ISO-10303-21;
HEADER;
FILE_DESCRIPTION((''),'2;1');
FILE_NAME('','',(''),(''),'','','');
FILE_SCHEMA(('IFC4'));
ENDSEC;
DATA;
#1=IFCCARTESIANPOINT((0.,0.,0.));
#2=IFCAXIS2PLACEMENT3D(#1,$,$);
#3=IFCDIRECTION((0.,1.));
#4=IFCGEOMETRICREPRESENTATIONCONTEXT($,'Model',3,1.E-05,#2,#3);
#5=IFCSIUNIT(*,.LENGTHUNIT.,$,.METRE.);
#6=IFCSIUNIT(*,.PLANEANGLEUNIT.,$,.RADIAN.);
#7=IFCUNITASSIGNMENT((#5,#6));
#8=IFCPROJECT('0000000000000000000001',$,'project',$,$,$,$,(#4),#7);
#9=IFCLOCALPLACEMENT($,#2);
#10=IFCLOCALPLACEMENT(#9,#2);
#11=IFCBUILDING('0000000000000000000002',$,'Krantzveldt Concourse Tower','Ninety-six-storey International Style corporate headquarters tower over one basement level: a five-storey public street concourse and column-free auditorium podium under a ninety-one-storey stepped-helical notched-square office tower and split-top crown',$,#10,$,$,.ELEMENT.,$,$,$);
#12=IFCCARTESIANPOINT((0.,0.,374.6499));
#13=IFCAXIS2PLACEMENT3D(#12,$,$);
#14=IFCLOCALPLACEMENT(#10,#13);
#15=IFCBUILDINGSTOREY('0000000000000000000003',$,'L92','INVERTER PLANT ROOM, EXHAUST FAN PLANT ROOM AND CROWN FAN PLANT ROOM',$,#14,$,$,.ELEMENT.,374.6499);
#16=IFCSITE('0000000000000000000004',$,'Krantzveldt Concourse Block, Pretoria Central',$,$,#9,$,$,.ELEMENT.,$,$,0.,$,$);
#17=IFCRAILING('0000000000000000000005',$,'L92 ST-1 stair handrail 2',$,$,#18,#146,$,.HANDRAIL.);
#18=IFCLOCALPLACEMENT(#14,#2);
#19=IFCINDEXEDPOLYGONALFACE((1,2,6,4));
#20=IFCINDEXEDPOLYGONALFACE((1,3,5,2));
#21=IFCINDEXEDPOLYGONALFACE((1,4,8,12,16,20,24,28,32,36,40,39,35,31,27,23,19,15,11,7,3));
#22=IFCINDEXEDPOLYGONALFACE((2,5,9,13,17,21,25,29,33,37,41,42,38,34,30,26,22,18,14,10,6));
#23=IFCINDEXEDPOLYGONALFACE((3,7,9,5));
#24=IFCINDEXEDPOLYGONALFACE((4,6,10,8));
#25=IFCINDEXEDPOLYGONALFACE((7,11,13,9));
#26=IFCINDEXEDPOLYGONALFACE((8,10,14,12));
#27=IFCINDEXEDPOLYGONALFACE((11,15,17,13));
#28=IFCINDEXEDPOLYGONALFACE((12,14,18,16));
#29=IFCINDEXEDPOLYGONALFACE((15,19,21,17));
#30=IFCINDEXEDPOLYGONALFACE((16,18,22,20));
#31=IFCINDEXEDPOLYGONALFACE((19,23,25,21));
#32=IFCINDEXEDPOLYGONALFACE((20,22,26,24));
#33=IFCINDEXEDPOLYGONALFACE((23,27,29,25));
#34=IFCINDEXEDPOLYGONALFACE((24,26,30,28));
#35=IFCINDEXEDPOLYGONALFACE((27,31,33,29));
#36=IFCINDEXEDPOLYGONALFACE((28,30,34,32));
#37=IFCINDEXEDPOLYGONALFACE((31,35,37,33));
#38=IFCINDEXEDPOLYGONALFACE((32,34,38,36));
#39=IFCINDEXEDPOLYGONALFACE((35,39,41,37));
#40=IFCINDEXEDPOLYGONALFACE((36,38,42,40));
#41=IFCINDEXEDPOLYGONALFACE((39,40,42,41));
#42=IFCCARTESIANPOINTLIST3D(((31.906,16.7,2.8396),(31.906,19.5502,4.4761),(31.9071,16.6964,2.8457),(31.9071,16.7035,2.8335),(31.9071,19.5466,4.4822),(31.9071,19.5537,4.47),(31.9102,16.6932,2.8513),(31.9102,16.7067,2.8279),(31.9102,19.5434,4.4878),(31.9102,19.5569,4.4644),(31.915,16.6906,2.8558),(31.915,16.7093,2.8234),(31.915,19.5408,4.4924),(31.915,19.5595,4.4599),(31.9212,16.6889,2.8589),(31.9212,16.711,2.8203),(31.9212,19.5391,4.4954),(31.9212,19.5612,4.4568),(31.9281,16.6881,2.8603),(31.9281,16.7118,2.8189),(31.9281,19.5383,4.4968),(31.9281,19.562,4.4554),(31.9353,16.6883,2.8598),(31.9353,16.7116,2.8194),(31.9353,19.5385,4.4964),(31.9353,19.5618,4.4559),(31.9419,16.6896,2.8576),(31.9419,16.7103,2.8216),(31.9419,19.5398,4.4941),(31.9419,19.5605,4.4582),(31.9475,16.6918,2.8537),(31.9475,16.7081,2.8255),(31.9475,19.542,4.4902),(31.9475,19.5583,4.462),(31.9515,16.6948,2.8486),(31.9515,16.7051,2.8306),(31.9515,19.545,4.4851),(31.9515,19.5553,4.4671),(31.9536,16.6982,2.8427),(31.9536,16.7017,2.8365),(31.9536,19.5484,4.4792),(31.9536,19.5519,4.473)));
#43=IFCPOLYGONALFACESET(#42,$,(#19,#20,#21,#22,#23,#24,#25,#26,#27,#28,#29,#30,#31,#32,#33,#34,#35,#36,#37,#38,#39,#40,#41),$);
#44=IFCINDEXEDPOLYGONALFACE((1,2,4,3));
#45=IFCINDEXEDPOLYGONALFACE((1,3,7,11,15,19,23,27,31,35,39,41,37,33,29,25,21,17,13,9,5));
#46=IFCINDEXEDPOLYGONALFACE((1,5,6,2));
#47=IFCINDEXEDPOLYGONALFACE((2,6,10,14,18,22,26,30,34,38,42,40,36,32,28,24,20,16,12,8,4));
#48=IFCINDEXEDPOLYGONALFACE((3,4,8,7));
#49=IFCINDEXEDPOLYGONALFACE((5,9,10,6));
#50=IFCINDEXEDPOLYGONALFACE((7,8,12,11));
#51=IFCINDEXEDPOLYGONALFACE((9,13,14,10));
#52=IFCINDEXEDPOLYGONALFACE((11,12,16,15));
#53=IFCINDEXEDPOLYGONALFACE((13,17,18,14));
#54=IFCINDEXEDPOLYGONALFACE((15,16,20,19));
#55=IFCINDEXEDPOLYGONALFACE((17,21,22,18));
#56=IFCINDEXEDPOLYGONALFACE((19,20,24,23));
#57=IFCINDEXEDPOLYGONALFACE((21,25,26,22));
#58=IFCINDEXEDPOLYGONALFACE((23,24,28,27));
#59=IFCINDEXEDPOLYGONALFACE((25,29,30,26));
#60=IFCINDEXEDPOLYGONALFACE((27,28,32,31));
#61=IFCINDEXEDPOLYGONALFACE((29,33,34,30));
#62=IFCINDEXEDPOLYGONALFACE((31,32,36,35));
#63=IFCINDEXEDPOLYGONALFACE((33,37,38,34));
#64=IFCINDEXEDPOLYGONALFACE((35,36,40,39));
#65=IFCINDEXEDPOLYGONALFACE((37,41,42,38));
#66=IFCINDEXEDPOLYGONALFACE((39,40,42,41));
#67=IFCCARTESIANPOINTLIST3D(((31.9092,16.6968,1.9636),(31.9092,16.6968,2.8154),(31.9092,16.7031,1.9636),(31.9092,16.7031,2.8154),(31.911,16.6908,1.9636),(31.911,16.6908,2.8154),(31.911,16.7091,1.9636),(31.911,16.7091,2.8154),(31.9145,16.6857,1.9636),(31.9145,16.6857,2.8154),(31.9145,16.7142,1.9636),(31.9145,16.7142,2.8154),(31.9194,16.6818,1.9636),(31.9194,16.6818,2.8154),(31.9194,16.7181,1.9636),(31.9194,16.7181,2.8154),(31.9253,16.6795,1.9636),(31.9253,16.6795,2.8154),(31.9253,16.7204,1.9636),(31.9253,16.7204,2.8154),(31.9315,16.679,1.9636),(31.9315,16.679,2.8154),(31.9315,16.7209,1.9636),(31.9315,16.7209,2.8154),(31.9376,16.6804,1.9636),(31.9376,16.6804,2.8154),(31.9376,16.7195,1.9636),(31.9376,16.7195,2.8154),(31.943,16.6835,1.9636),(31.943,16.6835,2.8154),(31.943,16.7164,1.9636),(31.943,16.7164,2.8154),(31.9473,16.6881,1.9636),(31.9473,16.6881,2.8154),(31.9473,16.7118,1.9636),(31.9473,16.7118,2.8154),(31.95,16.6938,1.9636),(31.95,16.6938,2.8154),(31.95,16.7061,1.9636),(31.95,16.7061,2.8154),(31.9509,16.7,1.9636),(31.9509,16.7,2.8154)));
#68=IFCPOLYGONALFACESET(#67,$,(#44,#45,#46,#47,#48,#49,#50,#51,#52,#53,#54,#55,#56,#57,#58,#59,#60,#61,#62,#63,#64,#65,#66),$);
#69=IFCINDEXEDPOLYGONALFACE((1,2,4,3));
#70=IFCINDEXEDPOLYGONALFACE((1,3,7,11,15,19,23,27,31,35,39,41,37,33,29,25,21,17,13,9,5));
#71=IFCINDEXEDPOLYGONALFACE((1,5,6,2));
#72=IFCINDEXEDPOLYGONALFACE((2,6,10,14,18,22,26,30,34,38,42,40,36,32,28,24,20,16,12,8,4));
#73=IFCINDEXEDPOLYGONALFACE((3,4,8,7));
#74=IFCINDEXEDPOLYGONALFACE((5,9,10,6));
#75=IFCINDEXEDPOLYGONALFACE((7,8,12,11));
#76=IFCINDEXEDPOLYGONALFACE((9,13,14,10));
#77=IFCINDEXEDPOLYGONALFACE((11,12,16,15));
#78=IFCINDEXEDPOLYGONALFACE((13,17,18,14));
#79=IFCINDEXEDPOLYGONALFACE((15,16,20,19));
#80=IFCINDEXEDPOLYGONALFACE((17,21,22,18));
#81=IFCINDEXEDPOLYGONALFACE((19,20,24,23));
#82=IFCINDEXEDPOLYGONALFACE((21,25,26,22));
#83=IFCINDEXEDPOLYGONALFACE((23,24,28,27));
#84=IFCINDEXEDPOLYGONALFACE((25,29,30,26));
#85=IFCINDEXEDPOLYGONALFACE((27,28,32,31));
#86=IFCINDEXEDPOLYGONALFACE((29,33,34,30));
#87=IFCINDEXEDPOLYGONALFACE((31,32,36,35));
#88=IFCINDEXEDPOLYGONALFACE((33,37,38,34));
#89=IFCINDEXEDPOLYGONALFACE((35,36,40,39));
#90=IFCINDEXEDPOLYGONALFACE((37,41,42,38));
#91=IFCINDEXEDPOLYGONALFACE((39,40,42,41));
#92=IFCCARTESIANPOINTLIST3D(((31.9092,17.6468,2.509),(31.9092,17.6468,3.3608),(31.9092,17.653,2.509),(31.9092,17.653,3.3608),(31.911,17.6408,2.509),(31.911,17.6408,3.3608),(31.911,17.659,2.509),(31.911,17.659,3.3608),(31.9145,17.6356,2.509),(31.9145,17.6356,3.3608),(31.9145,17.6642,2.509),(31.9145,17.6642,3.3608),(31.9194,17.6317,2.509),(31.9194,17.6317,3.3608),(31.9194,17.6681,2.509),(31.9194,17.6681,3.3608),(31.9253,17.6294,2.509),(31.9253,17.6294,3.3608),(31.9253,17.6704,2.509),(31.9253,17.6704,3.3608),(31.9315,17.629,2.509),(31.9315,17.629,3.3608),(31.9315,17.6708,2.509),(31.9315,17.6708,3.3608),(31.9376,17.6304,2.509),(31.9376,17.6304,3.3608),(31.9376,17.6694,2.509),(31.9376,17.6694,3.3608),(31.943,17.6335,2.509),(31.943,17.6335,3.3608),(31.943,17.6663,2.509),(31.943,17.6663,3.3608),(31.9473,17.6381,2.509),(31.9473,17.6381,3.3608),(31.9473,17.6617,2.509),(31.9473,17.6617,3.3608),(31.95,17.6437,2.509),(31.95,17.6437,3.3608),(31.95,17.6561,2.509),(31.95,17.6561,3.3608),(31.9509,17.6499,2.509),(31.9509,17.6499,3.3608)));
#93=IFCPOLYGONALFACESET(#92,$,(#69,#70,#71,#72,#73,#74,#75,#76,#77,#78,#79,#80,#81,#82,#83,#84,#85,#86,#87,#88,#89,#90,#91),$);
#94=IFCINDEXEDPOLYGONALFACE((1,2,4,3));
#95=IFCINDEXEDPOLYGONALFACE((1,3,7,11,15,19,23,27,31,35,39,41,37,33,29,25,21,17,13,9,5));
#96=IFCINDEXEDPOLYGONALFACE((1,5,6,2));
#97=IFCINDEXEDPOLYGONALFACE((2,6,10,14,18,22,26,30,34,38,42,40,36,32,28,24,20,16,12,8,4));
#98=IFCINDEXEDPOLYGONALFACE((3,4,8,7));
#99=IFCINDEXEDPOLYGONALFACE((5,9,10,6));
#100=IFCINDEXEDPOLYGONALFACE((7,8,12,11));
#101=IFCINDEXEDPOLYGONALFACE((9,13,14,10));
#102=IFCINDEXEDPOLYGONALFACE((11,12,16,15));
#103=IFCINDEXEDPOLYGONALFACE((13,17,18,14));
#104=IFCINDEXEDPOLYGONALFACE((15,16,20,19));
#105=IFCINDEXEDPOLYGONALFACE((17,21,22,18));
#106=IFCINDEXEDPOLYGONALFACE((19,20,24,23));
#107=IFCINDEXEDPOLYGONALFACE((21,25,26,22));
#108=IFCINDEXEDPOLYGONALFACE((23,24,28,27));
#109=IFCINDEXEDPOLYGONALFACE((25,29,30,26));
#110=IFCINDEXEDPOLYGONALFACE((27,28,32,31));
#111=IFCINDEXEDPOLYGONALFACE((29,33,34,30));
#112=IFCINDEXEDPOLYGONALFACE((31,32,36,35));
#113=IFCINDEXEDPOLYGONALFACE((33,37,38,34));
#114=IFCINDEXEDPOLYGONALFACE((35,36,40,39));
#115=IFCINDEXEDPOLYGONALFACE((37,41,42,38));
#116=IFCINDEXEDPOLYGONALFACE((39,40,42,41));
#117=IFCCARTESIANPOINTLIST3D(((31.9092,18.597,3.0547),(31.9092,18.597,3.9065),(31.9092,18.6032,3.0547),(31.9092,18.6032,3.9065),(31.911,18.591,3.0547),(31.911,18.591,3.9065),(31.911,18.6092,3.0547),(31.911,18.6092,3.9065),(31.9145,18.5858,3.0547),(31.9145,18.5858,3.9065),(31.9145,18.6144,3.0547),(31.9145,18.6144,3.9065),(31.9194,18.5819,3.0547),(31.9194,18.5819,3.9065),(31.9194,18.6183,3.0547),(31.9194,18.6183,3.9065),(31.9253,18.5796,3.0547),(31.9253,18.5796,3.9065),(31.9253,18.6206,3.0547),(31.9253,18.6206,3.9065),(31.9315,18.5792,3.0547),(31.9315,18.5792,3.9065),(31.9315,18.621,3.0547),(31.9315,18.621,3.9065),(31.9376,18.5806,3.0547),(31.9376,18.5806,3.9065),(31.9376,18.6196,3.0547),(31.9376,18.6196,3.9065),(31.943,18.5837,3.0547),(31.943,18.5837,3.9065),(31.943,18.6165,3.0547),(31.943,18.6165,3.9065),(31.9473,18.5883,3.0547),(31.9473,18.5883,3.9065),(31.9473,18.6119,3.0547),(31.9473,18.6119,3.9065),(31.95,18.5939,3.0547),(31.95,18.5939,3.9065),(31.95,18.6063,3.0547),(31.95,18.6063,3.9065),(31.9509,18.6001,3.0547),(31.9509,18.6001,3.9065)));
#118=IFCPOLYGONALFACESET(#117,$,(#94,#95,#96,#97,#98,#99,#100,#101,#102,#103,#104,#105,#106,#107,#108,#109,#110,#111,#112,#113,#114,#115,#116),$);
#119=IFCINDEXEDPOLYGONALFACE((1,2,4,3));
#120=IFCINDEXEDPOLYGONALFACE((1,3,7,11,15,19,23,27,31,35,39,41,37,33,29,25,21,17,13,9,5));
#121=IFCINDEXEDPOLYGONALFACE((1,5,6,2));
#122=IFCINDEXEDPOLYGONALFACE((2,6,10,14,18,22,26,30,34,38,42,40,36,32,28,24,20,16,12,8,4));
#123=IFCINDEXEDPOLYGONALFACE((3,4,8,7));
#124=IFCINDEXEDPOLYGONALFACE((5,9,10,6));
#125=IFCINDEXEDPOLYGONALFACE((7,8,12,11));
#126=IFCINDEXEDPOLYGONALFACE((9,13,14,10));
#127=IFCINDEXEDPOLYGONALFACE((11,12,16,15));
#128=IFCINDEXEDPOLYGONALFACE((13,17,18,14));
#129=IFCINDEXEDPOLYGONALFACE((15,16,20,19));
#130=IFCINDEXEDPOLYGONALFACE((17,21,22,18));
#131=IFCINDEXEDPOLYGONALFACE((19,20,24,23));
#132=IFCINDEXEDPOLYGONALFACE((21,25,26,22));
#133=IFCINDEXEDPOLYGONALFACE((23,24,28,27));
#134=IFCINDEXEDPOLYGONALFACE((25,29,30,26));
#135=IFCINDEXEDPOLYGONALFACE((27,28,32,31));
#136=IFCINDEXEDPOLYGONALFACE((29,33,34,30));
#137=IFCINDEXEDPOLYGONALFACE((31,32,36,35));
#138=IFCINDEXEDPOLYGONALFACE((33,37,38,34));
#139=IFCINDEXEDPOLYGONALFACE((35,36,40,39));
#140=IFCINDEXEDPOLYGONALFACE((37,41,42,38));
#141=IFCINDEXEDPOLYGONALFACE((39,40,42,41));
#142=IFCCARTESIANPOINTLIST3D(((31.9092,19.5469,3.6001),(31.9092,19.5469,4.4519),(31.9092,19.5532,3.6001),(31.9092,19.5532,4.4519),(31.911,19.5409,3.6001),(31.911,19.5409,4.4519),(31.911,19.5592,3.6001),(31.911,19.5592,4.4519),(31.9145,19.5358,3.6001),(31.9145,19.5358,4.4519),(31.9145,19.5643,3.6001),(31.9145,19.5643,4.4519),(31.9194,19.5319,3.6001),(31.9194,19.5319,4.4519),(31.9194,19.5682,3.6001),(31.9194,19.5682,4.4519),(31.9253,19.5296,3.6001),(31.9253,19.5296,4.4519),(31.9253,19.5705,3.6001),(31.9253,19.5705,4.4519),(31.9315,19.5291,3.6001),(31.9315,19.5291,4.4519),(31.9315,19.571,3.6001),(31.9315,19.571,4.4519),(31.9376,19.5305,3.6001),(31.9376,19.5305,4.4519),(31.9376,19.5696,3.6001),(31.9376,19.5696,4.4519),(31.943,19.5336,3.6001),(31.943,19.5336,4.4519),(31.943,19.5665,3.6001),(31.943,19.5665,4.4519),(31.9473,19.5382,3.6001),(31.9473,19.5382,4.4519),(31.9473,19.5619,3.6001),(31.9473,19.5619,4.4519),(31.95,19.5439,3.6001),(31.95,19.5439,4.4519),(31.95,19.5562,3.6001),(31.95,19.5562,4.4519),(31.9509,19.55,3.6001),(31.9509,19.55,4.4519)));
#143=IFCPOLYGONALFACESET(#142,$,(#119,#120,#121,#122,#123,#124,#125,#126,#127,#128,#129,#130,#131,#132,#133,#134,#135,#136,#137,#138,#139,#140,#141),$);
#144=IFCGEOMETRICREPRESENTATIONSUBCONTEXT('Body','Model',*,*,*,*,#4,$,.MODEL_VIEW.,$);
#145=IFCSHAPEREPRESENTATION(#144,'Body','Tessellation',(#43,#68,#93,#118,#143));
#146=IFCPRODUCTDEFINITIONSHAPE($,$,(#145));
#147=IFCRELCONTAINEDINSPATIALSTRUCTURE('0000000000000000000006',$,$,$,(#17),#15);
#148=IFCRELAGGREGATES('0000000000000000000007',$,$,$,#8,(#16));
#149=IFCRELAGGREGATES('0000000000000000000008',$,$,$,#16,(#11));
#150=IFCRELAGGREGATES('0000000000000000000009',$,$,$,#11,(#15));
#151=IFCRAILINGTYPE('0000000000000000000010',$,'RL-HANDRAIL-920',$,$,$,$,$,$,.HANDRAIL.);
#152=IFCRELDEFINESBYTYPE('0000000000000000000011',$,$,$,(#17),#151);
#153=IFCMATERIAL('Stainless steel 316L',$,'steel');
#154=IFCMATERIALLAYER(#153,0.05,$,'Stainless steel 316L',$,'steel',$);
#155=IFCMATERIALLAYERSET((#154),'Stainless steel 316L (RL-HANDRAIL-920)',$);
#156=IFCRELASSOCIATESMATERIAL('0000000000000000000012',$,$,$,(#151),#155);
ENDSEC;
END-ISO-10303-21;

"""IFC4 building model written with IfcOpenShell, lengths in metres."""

from ifc_helpers import new_model, si_unit, direction, frame, origin, origin_2d, place, context, subcontext, project, spatial, circle, extrude, material, layer, layer_set, type_object, element, save


model = new_model("IFC4")

# Units and contexts
model_context = context("Model", 3, precision=1e-05, world=origin(), true_north=direction((0.0, 1.0)))
body_context = subcontext(model_context, "Body", "Model", "MODEL_VIEW")
ifc_project = project(units=[si_unit("LENGTHUNIT", "METRE"), si_unit("PLANEANGLEUNIT", "RADIAN")], contexts=[model_context])

# Site, building, storey
site_placement = place(None, origin())
site = spatial("IfcSite", under=ifc_project, at=site_placement, Name="Krantzveldt Concourse Block, Pretoria Central", CompositionType="ELEMENT", RefElevation=0.0)
building_placement = place(site_placement, origin())
building = spatial("IfcBuilding", under=site, at=building_placement, Name="Krantzveldt Concourse Tower", Description="Ninety-six-storey International Style corporate headquarters tower over one basement level: a five-storey public street concourse and column-free auditorium podium under a ninety-one-storey stepped-helical notched-square office tower and split-top crown", CompositionType="ELEMENT")
storey_placement = place(building_placement, frame((0.0, 0.0, 374.6499)))
storey = spatial("IfcBuildingStorey", under=building, at=storey_placement, Name="L92", Description="INVERTER PLANT ROOM, EXHAUST FAN PLANT ROOM AND CROWN FAN PLANT ROOM", CompositionType="ELEMENT", Elevation=374.6499)

# Shared definitions
ifc_material_1 = material(Name="Stainless steel 316L", Category="steel")

# Railing
ifc_layer_1 = layer(ifc_material_1, 0.05, Name="Stainless steel 316L", Category="steel")
ifc_layer_set_1 = layer_set([ifc_layer_1], Name="Stainless steel 316L (RL-HANDRAIL-920)")
railing_type_1 = type_object("IfcRailingType", Name="RL-HANDRAIL-920", PredefinedType="HANDRAIL", material=ifc_layer_set_1)
railing_1_placement = place(storey_placement, frame((31.9299, 16.7, 1.9636)))
element("IfcRailing", 1, at=railing_1_placement, inside=storey, type_object=railing_type_1, Name="L92 ST-1 stair handrail 2", PredefinedType="HANDRAIL", context=body_context, shape_type="SweptSolid", body=[
    extrude(circle(Radius=0.0239, at=origin_2d()), frame((0.0, 0.0, 0.876), z_axis=(0.0, 0.867213, 0.497938), x_axis=(-1.0, 0.0, 0.0)), (0.0, 0.0, 1.0), 3.2866),
    extrude(circle(Radius=0.021, at=origin_2d()), origin(), (0.0, 0.0, 1.0), 0.8518),
    extrude(circle(Radius=0.021, at=origin_2d()), frame((0.0, 0.95, 0.5454)), (0.0, 0.0, 1.0), 0.8518),
    extrude(circle(Radius=0.021, at=origin_2d()), frame((0.0, 1.9001, 1.0911)), (0.0, 0.0, 1.0), 0.8518),
    extrude(circle(Radius=0.021, at=origin_2d()), frame((0.0, 2.8501, 1.6365)), (0.0, 0.0, 1.0), 0.8518),
])

save(model, "model.ifc")
